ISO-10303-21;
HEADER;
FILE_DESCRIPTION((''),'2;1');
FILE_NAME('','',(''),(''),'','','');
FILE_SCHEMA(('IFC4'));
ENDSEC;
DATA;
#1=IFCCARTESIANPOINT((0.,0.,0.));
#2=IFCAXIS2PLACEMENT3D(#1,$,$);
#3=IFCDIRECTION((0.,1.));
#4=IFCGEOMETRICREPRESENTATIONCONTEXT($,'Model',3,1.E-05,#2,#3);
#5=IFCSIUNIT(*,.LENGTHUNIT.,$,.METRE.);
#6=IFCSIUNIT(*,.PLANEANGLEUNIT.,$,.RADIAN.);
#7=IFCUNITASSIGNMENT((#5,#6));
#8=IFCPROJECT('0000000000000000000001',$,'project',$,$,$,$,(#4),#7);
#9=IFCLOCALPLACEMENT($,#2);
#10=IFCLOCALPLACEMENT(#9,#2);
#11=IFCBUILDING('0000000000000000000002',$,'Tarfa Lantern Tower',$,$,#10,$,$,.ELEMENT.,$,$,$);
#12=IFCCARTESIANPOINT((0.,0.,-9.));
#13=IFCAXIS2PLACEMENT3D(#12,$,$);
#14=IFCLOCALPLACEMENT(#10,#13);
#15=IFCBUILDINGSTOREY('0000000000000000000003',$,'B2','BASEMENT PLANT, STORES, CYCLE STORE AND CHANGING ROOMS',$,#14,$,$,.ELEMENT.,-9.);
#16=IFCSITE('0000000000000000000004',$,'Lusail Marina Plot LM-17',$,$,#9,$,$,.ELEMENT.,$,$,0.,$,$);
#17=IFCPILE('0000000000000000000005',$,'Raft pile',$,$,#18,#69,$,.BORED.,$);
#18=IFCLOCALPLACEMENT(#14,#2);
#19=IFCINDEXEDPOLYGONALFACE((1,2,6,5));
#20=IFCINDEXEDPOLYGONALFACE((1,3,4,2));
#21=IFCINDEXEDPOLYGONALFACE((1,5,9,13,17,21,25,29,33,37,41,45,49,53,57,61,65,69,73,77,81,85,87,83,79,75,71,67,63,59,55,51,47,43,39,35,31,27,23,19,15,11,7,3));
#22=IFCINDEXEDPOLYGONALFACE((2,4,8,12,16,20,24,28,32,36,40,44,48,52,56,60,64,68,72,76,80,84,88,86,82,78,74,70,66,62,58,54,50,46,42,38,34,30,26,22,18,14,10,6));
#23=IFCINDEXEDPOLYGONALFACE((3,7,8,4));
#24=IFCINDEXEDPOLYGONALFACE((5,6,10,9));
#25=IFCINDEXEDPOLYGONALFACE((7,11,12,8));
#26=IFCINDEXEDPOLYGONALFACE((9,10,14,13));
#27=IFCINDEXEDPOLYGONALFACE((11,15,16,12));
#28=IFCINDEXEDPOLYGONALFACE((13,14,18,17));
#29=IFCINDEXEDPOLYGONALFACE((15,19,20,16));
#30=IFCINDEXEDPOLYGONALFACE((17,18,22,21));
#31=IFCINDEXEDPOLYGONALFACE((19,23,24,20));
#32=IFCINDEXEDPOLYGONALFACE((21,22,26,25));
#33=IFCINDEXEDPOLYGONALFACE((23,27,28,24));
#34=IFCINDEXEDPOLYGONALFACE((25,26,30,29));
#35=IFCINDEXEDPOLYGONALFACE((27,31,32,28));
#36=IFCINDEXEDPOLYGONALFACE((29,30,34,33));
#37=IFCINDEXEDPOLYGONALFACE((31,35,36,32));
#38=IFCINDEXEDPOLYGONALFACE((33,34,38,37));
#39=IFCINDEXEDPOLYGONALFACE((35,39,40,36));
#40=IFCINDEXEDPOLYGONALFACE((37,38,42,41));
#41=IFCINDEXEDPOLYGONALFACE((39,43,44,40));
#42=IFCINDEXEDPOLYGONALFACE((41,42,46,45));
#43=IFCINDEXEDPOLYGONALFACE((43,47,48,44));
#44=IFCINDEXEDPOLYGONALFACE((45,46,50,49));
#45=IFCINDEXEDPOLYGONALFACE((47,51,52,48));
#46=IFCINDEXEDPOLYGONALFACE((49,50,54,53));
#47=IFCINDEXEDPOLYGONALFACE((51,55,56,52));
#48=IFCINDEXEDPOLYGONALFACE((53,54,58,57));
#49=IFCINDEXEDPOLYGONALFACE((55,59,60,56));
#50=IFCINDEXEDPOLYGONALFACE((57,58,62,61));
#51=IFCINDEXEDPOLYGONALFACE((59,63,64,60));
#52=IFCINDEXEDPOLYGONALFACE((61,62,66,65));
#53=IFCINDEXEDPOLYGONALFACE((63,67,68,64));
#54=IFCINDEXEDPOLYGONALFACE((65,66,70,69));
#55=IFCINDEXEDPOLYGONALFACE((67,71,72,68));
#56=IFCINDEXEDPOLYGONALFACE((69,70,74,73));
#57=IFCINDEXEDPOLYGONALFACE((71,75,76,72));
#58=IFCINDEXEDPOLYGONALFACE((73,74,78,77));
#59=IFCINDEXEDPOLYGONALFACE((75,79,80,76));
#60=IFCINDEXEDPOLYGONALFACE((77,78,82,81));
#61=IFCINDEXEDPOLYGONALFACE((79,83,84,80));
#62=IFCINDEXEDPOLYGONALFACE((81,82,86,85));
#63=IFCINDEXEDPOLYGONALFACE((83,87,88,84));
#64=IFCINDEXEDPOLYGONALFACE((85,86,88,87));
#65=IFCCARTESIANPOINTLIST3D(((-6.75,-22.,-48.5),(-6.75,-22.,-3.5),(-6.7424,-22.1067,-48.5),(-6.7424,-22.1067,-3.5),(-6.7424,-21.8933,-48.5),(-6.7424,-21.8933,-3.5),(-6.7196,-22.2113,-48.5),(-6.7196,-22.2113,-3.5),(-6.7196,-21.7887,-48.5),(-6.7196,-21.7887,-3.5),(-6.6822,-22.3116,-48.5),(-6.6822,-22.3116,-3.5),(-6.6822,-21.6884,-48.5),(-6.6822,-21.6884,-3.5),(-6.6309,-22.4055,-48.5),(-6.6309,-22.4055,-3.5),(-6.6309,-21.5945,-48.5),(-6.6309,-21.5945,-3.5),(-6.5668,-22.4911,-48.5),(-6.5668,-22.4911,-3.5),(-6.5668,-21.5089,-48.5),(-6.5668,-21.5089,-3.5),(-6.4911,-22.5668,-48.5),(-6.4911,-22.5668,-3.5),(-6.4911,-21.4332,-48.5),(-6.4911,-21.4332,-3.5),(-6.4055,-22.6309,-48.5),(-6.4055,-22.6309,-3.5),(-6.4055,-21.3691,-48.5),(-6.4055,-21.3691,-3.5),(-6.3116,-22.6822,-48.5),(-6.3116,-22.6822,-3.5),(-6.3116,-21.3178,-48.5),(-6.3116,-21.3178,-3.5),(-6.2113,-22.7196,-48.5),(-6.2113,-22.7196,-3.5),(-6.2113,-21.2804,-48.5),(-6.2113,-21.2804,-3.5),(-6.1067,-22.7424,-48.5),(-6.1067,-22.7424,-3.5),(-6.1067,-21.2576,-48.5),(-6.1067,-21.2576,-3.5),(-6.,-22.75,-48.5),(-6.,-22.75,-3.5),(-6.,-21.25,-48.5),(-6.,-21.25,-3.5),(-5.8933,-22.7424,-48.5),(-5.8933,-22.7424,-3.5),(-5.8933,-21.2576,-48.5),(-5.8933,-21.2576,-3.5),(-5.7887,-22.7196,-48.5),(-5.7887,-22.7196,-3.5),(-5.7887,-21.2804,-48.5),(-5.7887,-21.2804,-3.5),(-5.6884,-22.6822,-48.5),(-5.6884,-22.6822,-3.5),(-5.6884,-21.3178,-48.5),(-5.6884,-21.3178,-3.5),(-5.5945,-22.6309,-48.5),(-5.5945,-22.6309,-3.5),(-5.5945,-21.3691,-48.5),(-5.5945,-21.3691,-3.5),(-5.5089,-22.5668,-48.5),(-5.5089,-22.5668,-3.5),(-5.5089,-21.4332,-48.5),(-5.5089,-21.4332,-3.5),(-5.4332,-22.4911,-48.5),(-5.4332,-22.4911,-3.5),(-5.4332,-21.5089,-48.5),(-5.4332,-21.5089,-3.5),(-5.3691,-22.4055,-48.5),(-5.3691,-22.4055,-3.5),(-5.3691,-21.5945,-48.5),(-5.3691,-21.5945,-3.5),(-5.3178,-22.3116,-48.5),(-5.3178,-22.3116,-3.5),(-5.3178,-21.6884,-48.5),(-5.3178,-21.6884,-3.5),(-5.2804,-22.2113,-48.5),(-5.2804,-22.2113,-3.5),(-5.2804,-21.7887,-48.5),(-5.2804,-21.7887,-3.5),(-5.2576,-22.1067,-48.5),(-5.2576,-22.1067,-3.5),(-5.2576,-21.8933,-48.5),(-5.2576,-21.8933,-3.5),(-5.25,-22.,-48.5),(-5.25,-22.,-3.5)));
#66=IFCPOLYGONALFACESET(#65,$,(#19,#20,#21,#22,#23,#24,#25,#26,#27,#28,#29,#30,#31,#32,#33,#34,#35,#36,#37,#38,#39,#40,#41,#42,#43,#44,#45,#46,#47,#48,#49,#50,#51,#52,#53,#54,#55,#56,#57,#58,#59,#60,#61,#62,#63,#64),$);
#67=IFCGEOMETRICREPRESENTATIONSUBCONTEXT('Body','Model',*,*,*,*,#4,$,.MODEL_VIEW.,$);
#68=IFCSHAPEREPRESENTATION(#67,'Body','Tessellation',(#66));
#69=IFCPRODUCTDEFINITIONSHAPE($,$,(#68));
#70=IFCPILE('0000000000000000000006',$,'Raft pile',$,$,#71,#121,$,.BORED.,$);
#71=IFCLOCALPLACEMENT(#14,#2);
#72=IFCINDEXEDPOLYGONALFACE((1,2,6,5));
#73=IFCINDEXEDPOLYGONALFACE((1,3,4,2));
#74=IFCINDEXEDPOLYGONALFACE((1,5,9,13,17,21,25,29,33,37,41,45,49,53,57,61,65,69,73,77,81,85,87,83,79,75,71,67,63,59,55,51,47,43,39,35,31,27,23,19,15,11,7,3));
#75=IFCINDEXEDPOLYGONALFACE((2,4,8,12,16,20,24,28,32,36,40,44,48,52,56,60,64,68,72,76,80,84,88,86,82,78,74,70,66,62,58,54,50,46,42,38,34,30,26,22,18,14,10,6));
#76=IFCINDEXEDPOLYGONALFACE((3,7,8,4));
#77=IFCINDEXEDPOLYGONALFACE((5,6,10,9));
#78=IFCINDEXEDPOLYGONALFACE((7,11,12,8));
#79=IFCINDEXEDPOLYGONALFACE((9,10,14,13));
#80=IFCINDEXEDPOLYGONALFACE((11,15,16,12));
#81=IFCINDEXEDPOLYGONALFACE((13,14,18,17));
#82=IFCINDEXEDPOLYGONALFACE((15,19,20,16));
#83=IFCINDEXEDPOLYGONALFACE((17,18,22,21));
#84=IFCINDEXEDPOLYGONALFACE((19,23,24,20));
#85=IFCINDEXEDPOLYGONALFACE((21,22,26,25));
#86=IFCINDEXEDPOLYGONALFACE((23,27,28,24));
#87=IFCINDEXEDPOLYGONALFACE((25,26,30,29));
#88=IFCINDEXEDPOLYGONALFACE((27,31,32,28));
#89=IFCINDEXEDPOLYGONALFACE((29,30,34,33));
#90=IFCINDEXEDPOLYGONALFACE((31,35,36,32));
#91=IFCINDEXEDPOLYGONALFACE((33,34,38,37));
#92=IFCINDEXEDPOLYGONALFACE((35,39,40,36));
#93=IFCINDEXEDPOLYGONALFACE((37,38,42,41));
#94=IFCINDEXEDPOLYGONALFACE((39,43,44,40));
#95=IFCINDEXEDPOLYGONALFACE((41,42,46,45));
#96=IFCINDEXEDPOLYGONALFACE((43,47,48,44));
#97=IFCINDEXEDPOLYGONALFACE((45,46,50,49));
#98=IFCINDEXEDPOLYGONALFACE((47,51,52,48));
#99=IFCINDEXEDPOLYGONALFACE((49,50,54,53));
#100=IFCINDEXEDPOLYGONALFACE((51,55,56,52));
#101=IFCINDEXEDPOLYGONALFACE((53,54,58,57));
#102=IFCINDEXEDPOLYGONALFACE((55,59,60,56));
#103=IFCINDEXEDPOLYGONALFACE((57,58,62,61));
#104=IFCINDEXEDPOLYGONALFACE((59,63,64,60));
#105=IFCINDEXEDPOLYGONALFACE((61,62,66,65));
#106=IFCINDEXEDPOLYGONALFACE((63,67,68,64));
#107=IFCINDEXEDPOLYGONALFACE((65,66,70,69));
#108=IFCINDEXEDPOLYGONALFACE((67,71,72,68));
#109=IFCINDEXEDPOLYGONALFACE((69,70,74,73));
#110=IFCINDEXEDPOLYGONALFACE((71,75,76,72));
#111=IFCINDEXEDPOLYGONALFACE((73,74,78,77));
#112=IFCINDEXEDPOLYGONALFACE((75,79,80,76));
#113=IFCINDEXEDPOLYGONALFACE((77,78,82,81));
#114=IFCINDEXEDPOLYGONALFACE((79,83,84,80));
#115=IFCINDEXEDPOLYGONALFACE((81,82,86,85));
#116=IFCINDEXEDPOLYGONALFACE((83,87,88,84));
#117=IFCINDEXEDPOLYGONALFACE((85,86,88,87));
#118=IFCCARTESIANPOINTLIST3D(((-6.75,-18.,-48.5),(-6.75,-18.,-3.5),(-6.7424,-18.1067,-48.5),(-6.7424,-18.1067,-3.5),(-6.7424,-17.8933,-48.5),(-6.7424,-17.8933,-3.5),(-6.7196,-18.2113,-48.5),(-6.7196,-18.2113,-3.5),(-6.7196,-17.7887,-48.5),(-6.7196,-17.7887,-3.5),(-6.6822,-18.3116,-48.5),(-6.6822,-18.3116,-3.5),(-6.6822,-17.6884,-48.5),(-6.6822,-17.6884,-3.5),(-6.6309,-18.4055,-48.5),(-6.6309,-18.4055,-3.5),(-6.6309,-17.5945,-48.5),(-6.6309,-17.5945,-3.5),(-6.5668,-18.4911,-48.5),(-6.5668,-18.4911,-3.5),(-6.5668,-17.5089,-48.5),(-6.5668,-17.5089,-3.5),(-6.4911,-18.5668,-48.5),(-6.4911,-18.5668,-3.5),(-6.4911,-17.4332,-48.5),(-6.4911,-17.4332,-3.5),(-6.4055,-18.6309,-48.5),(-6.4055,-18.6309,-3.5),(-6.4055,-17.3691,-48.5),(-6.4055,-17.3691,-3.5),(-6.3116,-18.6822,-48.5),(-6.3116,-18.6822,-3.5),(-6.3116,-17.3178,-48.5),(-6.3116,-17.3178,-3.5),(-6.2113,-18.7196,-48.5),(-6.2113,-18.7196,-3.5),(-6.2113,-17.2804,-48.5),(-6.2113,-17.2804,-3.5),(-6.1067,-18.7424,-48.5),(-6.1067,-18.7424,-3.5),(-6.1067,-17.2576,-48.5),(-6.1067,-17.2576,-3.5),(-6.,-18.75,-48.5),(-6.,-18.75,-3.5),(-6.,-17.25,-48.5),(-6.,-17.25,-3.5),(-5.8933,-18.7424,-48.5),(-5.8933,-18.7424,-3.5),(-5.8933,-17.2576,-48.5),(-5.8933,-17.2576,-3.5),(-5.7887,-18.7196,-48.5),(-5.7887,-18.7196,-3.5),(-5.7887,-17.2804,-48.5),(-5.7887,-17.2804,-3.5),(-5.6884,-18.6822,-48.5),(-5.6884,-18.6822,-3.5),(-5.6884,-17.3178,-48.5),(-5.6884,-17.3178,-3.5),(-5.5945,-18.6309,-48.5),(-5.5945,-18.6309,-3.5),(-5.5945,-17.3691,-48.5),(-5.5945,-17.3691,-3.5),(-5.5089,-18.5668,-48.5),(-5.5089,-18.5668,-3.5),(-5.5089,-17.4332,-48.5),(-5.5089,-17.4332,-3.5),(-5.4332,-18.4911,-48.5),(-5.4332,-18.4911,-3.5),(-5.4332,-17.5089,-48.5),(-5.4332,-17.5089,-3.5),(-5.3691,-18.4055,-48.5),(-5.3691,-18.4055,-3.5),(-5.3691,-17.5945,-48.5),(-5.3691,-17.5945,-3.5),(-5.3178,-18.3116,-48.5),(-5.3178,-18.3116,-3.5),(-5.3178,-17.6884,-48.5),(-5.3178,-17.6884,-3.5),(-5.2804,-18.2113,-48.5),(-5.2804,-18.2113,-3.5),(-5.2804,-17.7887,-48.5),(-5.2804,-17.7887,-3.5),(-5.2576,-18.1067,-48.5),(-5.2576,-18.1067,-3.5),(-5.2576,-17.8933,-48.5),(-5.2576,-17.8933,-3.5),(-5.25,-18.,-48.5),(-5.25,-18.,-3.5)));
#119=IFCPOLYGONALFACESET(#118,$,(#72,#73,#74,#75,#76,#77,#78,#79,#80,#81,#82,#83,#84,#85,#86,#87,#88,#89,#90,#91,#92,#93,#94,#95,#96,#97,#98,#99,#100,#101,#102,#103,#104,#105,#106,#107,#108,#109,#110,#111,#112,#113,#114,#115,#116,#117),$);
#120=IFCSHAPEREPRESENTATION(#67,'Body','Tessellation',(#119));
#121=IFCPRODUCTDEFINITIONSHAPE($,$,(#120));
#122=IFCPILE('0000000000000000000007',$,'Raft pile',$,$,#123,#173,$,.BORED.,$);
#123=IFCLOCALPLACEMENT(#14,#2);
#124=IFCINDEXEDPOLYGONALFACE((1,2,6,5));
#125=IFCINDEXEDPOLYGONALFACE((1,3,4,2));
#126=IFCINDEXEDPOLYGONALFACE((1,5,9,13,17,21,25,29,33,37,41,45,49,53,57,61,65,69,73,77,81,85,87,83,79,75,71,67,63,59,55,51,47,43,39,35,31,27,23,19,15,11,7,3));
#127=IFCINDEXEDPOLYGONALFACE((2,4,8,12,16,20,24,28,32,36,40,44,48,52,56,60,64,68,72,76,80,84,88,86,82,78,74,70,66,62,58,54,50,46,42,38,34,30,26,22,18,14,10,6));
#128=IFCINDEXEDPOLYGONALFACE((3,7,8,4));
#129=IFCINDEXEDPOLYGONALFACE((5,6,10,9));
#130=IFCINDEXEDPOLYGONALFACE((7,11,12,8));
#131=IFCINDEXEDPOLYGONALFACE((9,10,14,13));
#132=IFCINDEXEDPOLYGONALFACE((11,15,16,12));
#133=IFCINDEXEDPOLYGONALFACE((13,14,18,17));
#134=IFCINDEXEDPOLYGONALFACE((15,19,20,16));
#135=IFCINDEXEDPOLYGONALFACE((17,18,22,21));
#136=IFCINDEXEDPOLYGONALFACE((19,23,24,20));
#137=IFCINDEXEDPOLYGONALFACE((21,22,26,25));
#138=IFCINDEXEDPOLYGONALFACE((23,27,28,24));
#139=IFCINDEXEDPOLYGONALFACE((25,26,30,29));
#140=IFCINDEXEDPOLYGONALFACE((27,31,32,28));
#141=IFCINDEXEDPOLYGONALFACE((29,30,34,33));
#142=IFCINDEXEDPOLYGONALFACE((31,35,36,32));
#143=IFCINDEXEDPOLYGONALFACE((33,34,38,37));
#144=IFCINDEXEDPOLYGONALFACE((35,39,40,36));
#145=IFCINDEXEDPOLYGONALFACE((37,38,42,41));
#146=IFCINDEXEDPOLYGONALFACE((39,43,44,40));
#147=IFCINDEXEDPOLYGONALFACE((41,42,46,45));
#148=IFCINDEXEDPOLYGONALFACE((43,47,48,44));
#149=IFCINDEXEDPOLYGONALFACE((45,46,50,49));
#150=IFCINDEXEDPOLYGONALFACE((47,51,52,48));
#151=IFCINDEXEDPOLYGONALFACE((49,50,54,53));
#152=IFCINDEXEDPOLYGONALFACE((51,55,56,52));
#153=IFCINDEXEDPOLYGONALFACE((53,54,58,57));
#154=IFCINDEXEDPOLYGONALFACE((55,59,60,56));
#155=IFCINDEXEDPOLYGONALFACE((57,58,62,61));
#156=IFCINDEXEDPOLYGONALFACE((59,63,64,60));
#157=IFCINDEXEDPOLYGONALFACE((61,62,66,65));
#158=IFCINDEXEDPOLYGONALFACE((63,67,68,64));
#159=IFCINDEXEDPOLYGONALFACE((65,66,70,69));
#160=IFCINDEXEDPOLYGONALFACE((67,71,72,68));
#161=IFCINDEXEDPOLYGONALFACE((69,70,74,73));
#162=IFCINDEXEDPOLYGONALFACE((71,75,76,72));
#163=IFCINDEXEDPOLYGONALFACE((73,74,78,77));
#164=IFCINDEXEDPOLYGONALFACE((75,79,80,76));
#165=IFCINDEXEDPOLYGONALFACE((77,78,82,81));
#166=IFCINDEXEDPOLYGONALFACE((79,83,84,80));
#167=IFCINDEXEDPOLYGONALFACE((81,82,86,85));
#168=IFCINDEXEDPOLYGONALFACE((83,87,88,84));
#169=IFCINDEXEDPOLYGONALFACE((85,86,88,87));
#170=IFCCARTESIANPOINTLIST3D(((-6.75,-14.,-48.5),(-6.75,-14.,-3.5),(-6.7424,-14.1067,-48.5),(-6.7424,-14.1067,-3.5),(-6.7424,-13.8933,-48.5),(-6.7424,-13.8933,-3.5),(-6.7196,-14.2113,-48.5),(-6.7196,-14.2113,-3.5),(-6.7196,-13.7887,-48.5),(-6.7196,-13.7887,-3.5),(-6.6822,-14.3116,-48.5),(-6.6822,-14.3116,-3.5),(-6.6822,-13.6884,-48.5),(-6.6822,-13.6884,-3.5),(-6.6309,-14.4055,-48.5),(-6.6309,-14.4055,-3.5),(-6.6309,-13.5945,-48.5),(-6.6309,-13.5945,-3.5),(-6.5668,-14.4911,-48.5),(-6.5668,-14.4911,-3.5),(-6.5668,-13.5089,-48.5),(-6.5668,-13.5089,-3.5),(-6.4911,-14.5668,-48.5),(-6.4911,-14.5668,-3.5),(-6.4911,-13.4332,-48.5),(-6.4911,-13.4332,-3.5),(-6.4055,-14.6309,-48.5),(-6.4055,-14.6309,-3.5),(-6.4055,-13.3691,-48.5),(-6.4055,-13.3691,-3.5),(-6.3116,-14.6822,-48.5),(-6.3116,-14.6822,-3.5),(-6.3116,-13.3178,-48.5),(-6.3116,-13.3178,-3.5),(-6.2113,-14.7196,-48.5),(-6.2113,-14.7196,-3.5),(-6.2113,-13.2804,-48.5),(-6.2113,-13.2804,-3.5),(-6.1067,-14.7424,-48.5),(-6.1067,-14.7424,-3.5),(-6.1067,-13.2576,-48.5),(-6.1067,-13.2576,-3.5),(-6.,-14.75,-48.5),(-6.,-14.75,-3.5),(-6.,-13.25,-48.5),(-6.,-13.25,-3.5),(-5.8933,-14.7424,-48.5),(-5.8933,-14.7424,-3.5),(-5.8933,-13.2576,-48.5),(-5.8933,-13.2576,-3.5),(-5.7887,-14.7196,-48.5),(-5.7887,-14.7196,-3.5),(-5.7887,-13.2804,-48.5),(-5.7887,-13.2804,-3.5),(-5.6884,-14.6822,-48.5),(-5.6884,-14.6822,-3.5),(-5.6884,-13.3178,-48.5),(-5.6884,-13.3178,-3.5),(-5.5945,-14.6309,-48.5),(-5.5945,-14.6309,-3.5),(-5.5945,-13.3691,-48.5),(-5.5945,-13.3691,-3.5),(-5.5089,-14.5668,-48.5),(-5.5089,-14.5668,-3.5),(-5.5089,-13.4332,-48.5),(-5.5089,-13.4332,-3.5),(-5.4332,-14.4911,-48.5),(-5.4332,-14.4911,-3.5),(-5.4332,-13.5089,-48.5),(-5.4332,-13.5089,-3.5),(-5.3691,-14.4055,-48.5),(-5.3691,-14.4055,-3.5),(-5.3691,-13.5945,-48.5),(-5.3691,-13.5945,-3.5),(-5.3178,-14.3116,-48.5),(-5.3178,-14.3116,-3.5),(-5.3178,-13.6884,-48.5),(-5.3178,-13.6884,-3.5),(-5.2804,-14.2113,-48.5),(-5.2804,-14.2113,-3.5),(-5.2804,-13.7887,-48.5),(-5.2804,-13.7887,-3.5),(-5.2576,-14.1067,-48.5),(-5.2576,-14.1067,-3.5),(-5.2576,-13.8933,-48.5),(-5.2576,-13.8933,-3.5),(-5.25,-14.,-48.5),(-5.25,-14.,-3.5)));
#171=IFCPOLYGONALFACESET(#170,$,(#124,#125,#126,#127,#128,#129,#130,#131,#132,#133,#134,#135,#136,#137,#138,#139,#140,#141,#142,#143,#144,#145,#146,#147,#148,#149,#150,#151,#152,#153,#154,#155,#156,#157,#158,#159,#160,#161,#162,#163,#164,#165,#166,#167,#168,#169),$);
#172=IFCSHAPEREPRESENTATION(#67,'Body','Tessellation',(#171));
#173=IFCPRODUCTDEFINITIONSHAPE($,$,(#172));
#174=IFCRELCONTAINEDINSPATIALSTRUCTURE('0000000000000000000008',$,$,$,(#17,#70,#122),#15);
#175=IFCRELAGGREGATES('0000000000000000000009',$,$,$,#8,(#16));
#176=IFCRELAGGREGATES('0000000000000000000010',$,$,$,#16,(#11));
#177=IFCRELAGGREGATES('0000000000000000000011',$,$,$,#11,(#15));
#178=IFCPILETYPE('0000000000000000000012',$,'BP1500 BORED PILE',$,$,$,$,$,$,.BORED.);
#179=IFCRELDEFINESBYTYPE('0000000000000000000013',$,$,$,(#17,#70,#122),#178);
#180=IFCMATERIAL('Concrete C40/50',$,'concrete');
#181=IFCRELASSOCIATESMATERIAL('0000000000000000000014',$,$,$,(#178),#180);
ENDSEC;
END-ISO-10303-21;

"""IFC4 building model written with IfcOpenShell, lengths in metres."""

from ifc_helpers import new_model, si_unit, direction, frame, origin, origin_2d, place, context, subcontext, project, spatial, circle, extrude, material, material_profile, profile_set, type_object, element, save


model = new_model("IFC4")

# Units and contexts
model_context = context("Model", 3, precision=1e-05, world=origin(), true_north=direction((0.0, 1.0)))
body_context = subcontext(model_context, "Body", "Model", "MODEL_VIEW")
ifc_project = project(units=[si_unit("LENGTHUNIT", "METRE"), si_unit("PLANEANGLEUNIT", "RADIAN")], contexts=[model_context])

# Site, building, storey
site_placement = place(None, origin())
site = spatial("IfcSite", under=ifc_project, at=site_placement, Name="Lusail Marina Plot LM-17", CompositionType="ELEMENT", RefElevation=0.0)
building_placement = place(site_placement, origin())
building = spatial("IfcBuilding", under=site, at=building_placement, Name="Tarfa Lantern Tower", CompositionType="ELEMENT")
storey_placement = place(building_placement, frame((0.0, 0.0, -9.0)))
storey = spatial("IfcBuildingStorey", under=building, at=storey_placement, Name="B2", Description="BASEMENT PLANT, STORES, CYCLE STORE AND CHANGING ROOMS", CompositionType="ELEMENT", Elevation=-9.0)

# Piles
ifc_material_1 = material(Name="Concrete C40/50", Category="concrete")
ifc_material_profile = material_profile(ifc_material_1, circle(Radius=0.75, at=origin_2d()), Name="BORED PILE D1500")
ifc_profile_set = profile_set([ifc_material_profile], Name="Concrete C40/50")
pile_type = type_object("IfcPileType", Name="BP1500 BORED PILE", PredefinedType="BORED", material=ifc_profile_set)
for number, where, z_axis, x_axis, name in (
    (1, (-6.0, -22.0, -3.5), (0.0, 0.0, -1.0), (1.0, 0.0, 0.0), "Raft pile"),
    (2, (-6.0, -18.0, -3.5), (0.0, 0.0, -1.0), (1.0, 0.0, 0.0), "Raft pile"),
    (3, (-6.0, -14.0, -3.5), (0.0, 0.0, -1.0), (1.0, 0.0, 0.0), "Raft pile"),
):
    element("IfcPile", number, at=place(storey_placement, frame(where, z_axis=z_axis, x_axis=x_axis)), inside=storey, type_object=pile_type, Name=name, PredefinedType="BORED", context=body_context, shape_type="SweptSolid", body=[
        extrude(circle(Radius=0.75, at=origin_2d()), origin(), (0.0, 0.0, 1.0), 45.0),
    ])

save(model, "model.ifc")
